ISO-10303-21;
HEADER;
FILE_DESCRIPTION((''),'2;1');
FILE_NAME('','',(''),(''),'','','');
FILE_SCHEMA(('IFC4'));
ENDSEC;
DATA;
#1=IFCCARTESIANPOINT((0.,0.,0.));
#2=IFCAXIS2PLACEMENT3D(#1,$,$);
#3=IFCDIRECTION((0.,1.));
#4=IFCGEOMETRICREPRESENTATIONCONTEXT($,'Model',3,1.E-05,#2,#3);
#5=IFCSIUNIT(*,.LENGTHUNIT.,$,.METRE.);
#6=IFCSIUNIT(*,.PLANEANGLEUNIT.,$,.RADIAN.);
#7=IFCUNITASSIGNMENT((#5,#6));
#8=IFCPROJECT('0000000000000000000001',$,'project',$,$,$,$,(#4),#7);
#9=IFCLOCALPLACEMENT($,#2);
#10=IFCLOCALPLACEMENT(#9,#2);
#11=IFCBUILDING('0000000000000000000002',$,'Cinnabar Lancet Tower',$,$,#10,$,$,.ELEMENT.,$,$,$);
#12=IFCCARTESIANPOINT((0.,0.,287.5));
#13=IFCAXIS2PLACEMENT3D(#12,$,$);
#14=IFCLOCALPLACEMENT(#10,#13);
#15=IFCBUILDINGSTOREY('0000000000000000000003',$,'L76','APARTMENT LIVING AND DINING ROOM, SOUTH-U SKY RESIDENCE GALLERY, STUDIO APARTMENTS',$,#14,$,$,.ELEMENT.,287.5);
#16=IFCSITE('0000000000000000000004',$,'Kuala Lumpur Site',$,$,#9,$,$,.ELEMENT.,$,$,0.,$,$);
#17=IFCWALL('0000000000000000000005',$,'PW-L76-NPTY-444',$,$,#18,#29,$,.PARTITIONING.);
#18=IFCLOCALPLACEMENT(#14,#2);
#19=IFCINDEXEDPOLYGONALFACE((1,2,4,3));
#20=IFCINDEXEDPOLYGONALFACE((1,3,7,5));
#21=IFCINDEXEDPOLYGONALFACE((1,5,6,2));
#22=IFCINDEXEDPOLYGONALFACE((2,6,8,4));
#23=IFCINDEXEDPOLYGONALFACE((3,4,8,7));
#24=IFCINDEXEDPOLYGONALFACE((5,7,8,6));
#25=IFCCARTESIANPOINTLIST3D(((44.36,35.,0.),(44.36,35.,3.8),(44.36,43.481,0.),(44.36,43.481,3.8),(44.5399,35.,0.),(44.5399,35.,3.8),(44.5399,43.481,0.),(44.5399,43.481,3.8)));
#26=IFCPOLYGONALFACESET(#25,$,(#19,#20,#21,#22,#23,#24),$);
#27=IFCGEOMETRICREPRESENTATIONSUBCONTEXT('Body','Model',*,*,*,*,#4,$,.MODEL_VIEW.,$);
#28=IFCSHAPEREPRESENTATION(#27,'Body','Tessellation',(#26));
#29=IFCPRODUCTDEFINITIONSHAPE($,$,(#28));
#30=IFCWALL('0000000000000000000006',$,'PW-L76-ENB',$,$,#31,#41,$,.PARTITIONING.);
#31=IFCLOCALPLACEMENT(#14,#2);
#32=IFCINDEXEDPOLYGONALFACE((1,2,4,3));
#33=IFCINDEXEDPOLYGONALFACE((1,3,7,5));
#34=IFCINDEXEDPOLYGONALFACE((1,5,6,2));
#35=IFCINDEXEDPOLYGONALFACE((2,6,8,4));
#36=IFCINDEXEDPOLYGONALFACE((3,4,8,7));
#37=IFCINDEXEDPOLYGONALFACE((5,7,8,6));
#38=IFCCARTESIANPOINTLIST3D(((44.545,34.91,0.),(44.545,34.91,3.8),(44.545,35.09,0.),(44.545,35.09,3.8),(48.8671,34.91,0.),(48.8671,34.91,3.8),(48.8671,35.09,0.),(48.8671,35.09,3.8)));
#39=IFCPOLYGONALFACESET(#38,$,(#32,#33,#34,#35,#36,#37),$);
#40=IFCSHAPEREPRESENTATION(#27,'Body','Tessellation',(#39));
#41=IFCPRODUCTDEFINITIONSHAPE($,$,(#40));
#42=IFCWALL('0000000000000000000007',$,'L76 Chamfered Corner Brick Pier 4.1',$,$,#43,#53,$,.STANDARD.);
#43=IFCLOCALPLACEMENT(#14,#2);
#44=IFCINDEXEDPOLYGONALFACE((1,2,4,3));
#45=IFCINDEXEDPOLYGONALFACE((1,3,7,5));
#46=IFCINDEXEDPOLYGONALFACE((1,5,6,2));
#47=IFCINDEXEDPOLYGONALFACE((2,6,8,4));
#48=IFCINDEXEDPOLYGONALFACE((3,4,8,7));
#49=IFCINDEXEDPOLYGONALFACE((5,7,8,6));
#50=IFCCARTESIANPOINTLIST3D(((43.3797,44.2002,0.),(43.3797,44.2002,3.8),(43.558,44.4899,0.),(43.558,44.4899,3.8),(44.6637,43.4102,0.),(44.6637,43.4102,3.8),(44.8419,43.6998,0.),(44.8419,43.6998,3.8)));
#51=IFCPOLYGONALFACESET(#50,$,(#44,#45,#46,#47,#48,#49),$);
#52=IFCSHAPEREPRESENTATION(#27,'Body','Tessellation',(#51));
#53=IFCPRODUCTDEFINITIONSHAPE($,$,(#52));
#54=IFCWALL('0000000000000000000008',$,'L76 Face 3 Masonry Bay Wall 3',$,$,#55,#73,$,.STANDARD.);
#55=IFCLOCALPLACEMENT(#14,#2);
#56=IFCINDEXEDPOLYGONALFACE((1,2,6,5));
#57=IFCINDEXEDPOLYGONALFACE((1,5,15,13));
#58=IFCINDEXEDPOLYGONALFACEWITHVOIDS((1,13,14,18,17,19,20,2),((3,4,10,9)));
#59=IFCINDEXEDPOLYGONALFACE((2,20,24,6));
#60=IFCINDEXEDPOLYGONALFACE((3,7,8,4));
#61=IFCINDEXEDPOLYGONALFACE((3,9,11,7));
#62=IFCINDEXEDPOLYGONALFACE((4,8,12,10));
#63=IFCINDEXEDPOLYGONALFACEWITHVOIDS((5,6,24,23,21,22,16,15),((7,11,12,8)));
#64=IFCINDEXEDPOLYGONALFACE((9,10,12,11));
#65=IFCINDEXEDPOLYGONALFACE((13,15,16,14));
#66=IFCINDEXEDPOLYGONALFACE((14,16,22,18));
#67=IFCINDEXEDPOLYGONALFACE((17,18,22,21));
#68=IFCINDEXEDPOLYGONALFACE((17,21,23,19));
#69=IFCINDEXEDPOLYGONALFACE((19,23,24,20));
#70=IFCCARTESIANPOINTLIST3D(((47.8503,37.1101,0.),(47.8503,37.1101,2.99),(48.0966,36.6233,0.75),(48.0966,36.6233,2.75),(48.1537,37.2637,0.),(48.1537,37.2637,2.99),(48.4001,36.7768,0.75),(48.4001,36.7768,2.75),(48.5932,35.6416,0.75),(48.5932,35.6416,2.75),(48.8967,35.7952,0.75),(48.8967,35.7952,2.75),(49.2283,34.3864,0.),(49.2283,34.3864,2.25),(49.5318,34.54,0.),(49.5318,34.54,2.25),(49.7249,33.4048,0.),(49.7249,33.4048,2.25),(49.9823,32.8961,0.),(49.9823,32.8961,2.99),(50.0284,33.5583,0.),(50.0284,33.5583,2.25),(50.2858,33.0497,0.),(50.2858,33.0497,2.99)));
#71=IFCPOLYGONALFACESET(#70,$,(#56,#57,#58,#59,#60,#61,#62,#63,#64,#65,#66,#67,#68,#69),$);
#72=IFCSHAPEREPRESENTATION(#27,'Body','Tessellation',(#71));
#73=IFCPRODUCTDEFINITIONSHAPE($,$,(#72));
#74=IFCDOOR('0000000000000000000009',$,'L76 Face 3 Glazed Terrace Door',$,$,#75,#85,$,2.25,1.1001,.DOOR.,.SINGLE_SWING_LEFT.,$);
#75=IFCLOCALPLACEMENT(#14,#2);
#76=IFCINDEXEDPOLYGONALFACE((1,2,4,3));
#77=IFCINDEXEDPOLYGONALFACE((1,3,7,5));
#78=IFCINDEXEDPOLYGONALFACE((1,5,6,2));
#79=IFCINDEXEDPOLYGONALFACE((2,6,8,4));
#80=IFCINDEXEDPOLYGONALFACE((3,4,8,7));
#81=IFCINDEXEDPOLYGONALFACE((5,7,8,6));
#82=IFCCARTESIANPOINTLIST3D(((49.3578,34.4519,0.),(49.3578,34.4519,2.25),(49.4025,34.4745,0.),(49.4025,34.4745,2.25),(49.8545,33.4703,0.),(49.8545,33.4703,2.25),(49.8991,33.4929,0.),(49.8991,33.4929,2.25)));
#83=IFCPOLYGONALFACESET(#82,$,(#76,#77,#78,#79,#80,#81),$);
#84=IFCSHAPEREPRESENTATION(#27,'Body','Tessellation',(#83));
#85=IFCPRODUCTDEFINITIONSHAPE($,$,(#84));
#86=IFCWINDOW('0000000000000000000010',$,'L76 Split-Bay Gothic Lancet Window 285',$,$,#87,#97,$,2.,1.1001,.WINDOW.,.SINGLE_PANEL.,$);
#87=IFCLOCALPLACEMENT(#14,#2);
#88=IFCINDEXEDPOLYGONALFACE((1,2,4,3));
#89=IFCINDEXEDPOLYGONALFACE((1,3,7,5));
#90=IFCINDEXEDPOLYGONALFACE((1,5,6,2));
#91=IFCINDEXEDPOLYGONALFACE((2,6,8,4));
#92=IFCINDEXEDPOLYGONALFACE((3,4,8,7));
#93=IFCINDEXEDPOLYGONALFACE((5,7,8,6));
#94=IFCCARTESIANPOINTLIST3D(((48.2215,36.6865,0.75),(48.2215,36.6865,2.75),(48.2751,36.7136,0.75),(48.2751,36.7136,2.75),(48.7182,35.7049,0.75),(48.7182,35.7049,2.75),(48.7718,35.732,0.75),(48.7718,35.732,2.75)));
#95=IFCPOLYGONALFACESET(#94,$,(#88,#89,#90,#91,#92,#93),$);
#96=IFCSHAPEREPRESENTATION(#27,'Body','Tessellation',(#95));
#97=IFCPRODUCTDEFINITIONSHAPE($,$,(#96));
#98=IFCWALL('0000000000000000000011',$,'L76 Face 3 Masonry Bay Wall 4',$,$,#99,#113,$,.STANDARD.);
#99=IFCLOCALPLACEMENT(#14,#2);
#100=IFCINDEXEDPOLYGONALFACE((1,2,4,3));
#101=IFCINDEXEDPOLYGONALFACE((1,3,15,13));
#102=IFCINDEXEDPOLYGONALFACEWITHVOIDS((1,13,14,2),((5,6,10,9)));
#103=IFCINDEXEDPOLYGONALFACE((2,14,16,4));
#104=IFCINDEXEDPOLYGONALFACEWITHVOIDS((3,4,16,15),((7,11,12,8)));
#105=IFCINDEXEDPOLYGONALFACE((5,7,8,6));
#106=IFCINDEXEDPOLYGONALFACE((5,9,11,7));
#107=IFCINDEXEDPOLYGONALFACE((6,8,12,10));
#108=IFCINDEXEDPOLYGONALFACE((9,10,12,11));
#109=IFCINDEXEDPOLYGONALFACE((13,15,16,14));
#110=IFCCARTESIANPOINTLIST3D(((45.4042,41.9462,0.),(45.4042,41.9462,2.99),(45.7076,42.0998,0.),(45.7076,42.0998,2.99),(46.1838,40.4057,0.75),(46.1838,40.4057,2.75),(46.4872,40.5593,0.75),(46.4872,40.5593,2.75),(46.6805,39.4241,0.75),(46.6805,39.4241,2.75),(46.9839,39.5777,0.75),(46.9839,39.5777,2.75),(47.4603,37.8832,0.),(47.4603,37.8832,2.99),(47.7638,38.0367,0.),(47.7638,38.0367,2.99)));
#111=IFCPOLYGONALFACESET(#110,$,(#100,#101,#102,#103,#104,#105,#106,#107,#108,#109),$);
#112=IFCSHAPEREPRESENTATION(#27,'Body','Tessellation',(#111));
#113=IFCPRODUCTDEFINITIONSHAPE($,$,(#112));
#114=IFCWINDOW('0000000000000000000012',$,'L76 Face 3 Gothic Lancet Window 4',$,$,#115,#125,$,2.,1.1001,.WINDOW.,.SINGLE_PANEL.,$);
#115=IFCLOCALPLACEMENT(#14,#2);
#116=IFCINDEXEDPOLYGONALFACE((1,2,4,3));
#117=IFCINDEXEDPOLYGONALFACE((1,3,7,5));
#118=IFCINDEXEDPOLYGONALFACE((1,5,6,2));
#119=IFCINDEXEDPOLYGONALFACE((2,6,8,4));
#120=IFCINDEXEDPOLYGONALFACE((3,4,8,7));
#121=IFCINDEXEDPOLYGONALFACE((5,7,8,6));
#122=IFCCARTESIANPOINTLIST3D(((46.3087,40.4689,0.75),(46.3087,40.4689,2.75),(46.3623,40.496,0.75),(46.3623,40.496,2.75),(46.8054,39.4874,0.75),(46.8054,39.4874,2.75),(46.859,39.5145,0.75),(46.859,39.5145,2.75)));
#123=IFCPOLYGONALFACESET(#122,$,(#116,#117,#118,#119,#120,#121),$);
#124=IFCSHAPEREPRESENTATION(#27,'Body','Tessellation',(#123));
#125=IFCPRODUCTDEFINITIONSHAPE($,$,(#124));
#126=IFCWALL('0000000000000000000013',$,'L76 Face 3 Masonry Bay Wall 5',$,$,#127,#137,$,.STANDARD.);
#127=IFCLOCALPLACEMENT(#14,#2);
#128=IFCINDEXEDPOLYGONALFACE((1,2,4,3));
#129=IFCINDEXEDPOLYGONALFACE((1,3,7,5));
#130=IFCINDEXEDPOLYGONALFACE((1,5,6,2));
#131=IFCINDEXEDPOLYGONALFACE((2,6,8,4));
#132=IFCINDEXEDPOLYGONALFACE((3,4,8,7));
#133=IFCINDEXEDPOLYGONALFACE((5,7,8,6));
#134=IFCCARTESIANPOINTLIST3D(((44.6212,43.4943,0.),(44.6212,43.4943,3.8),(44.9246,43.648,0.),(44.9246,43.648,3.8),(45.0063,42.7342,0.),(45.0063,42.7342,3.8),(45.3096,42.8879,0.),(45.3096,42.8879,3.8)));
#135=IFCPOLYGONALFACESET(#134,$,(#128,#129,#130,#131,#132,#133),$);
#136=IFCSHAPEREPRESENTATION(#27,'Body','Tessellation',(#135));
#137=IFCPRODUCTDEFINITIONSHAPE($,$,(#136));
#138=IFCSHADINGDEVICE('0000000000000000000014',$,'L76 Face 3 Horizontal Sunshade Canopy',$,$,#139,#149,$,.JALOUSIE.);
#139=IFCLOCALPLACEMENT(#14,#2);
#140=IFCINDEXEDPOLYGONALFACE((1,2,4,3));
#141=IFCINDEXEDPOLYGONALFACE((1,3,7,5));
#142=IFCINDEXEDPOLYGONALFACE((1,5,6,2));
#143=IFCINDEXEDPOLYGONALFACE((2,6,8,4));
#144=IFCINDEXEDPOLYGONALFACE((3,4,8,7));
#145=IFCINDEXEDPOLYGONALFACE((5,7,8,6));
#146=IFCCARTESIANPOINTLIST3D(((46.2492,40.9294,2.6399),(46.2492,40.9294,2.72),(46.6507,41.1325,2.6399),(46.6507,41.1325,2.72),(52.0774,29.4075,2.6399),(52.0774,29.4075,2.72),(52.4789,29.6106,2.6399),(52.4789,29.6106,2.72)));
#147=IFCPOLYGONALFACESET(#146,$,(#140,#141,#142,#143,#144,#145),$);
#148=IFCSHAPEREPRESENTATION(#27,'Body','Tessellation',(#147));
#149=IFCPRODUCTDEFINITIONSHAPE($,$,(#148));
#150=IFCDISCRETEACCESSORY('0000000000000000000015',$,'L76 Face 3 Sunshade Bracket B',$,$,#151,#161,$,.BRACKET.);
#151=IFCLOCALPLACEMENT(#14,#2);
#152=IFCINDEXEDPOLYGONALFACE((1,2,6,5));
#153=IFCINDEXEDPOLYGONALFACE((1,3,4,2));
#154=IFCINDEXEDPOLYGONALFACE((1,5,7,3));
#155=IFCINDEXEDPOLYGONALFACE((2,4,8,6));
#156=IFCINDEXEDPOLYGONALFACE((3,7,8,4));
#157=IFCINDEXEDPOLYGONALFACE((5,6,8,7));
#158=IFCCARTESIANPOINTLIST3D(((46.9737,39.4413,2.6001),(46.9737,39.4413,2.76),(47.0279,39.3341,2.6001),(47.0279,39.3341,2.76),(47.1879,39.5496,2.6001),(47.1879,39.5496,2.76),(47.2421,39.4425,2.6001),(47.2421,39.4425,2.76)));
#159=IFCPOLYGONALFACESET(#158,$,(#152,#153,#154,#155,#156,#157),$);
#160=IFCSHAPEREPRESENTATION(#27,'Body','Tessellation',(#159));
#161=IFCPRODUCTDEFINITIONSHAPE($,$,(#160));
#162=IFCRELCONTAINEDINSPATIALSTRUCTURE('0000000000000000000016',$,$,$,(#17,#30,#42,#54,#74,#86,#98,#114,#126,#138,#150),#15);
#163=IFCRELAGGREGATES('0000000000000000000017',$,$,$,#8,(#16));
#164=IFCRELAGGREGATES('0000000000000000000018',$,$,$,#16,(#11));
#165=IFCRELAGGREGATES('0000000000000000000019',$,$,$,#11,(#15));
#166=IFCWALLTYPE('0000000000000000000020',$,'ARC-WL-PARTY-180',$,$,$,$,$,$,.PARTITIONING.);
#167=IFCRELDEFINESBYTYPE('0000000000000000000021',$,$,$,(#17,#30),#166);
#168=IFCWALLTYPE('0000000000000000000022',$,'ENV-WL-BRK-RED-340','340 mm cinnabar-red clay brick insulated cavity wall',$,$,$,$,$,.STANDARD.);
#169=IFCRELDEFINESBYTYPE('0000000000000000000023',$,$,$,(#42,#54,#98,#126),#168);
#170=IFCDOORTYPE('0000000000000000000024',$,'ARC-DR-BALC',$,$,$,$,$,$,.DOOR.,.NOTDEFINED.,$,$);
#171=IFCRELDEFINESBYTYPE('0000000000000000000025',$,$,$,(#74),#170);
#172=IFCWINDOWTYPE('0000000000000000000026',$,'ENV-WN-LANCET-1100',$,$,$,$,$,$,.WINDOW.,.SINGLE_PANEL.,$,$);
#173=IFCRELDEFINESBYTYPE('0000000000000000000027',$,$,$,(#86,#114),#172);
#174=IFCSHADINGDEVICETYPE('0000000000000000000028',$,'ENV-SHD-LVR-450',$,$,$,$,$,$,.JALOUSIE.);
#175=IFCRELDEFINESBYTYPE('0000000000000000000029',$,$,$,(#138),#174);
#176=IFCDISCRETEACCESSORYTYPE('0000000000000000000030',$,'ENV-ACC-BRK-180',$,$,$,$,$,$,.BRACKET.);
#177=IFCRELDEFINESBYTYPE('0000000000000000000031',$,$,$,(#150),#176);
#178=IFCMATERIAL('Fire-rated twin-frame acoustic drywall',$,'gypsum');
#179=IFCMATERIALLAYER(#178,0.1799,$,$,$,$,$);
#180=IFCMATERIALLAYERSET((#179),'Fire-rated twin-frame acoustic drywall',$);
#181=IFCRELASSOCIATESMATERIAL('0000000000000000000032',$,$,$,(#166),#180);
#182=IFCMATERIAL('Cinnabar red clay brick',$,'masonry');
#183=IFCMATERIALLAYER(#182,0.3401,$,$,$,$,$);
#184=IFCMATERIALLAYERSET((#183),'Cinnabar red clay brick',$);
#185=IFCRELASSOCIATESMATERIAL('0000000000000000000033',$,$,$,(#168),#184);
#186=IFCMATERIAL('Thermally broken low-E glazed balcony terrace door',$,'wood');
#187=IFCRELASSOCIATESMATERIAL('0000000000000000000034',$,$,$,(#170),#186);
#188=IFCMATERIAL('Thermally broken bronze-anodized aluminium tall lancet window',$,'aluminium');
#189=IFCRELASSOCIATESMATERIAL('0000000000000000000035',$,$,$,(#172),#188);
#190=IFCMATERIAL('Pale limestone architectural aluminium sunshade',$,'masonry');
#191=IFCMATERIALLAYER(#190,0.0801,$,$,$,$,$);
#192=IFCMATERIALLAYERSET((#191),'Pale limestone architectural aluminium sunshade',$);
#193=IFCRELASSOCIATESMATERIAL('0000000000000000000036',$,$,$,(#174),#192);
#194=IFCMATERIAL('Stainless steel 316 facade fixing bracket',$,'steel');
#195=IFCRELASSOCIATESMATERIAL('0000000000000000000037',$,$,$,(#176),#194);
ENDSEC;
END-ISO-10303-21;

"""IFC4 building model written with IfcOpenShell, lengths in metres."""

from ifc_helpers import new_model, si_unit, direction, frame, frame_2d, origin, origin_2d, place, context, subcontext, project, spatial, rectangle, extrude, material, layer, layer_set, type_object, element, fill, save


model = new_model("IFC4")

# Units and contexts
model_context = context("Model", 3, precision=1e-05, world=origin(), true_north=direction((0.0, 1.0)))
body_context = subcontext(model_context, "Body", "Model", "MODEL_VIEW")
ifc_project = project(units=[si_unit("LENGTHUNIT", "METRE"), si_unit("PLANEANGLEUNIT", "RADIAN")], contexts=[model_context])

# Site, building, storey
site_placement = place(None, origin())
site = spatial("IfcSite", under=ifc_project, at=site_placement, Name="Kuala Lumpur Site", CompositionType="ELEMENT", RefElevation=0.0)
building_placement = place(site_placement, origin())
building = spatial("IfcBuilding", under=site, at=building_placement, Name="Cinnabar Lancet Tower", CompositionType="ELEMENT")
storey_placement = place(building_placement, frame((0.0, 0.0, 287.5)))
storey = spatial("IfcBuildingStorey", under=building, at=storey_placement, Name="L76", Description="APARTMENT LIVING AND DINING ROOM, SOUTH-U SKY RESIDENCE GALLERY, STUDIO APARTMENTS", CompositionType="ELEMENT", Elevation=287.5)

# Walls
ifc_material_1 = material(Name="Fire-rated twin-frame acoustic drywall", Category="gypsum")
ifc_layer_1 = layer(ifc_material_1, 0.1799)
ifc_layer_set_1 = layer_set([ifc_layer_1], Name="Fire-rated twin-frame acoustic drywall")
wall_type_1 = type_object("IfcWallType", Name="ARC-WL-PARTY-180", PredefinedType="PARTITIONING", material=ifc_layer_set_1)
wall_1_placement = place(storey_placement, frame((44.45, 35.0, 0.0), z_axis=(0.0, 0.0, 1.0), x_axis=(0.0, 1.0, 0.0)))
element("IfcWall", 1, at=wall_1_placement, inside=storey, type_object=wall_type_1, Name="PW-L76-NPTY-444", PredefinedType="PARTITIONING", context=body_context, shape_type="SweptSolid", body=[
    extrude(rectangle(XDim=8.481, YDim=0.1799, at=frame_2d((4.2405, 0.0))), origin(), (0.0, 0.0, 1.0), 3.8),
])
wall_2_placement = place(storey_placement, frame((44.5449, 35.0, 0.0), z_axis=(0.0, 0.0, 1.0), x_axis=(1.0, 0.0, 0.0)))
element("IfcWall", 2, at=wall_2_placement, inside=storey, type_object=wall_type_1, Name="PW-L76-ENB", PredefinedType="PARTITIONING", context=body_context, shape_type="SweptSolid", body=[
    extrude(rectangle(XDim=4.322, YDim=0.1799, at=frame_2d((2.1611, 0.0))), origin(), (0.0, 0.0, 1.0), 3.8),
])
ifc_material_2 = material(Name="Cinnabar red clay brick", Category="masonry")
ifc_layer_2 = layer(ifc_material_2, 0.3401)
ifc_layer_set_2 = layer_set([ifc_layer_2], Name="Cinnabar red clay brick")
wall_type_2 = type_object("IfcWallType", Name="ENV-WL-BRK-RED-340", Description="340 mm cinnabar-red clay brick insulated cavity wall", PredefinedType="STANDARD", material=ifc_layer_set_2)
wall_3_placement = place(storey_placement, frame((44.7529, 43.5549, 0.0), z_axis=(0.0, 0.0, 1.0), x_axis=(-0.851681, 0.524061, 0.0)))
element("IfcWall", 3, at=wall_3_placement, inside=storey, type_object=wall_type_2, Name="L76 Chamfered Corner Brick Pier 4.1", PredefinedType="STANDARD", context=body_context, shape_type="SweptSolid", body=[
    extrude(rectangle(XDim=1.5076, YDim=0.3401, at=frame_2d((0.7539, 0.0))), origin(), (0.0, 0.0, 1.0), 3.8),
])

# Wall, openings, door, window
wall_4_placement = place(storey_placement, frame((50.134, 32.9729, 0.0), z_axis=(0.0, 0.0, 1.0), x_axis=(-0.451448, 0.892298, 0.0)))
wall_4 = element("IfcWall", 4, at=wall_4_placement, inside=storey, type_object=wall_type_2, Name="L76 Face 3 Masonry Bay Wall 3", PredefinedType="STANDARD", context=body_context, shape_type="SweptSolid", body=[
    extrude(rectangle(XDim=4.7227, YDim=0.3401, at=frame_2d((2.3613, 0.0))), origin(), (0.0, 0.0, 1.0), 2.99),
])
opening_1_placement = place(wall_4_placement, frame((0.5701, 0.0, 0.0)))
opening_1 = element("IfcOpeningElement", 5, at=opening_1_placement, cuts=wall_4, PredefinedType="OPENING", context=body_context, shape_type="SweptSolid", body=[
    extrude(rectangle(XDim=1.1001, YDim=2.25, at=frame_2d((0.55, 1.125))), frame((0.0, 0.1799, 0.0), z_axis=(0.0, -1.0, 0.0), x_axis=(1.0, 0.0, 0.0)), (0.0, 0.0, 1.0), 0.3601),
])
opening_2_placement = place(wall_4_placement, frame((3.0769, 0.0, 0.75)))
opening_2 = element("IfcOpeningElement", 6, at=opening_2_placement, cuts=wall_4, PredefinedType="OPENING", context=body_context, shape_type="SweptSolid", body=[
    extrude(rectangle(XDim=1.1001, YDim=2.0, at=frame_2d((0.55, 1.0))), frame((0.0, 0.1799, 0.0), z_axis=(0.0, -1.0, 0.0), x_axis=(1.0, 0.0, 0.0)), (0.0, 0.0, 1.0), 0.3601),
])
ifc_material_3 = material(Name="Thermally broken low-E glazed balcony terrace door", Category="wood")
door_type = type_object("IfcDoorType", Name="ARC-DR-BALC", OperationType="NOTDEFINED", PredefinedType="DOOR", material=ifc_material_3)
door_placement = place(opening_1_placement, origin())
door = element("IfcDoor", 7, at=door_placement, inside=storey, type_object=door_type, Name="L76 Face 3 Glazed Terrace Door", OperationType="SINGLE_SWING_LEFT", OverallHeight=2.25, OverallWidth=1.1001, PredefinedType="DOOR", context=body_context, shape_type="SweptSolid", body=[
    extrude(rectangle(XDim=1.1001, YDim=2.25, at=frame_2d((0.55, 1.125))), frame((0.0, 0.0249, 0.0), z_axis=(0.0, -1.0, 0.0), x_axis=(1.0, 0.0, 0.0)), (0.0, 0.0, 1.0), 0.05),
])
fill(opening_1, door)
ifc_material_4 = material(Name="Thermally broken bronze-anodized aluminium tall lancet window", Category="aluminium")
window_type = type_object("IfcWindowType", Name="ENV-WN-LANCET-1100", PartitioningType="SINGLE_PANEL", PredefinedType="WINDOW", material=ifc_material_4)
window_1_placement = place(opening_2_placement, origin())
window_1 = element("IfcWindow", 8, at=window_1_placement, inside=storey, type_object=window_type, Name="L76 Split-Bay Gothic Lancet Window 285", OverallHeight=2.0, OverallWidth=1.1001, PartitioningType="SINGLE_PANEL", PredefinedType="WINDOW", context=body_context, shape_type="SweptSolid", body=[
    extrude(rectangle(XDim=1.1001, YDim=2.0, at=frame_2d((0.55, 1.0))), frame((0.0, 0.03, 0.0), z_axis=(0.0, -1.0, 0.0), x_axis=(1.0, 0.0, 0.0)), (0.0, 0.0, 1.0), 0.0601),
])
fill(opening_2, window_1)

# Wall, opening, window
wall_5_placement = place(storey_placement, frame((47.6121, 37.96, 0.0), z_axis=(0.0, 0.0, 1.0), x_axis=(-0.45154, 0.892251, 0.0)))
wall_5 = element("IfcWall", 9, at=wall_5_placement, inside=storey, type_object=wall_type_2, Name="L76 Face 3 Masonry Bay Wall 4", PredefinedType="STANDARD", context=body_context, shape_type="SweptSolid", body=[
    extrude(rectangle(XDim=4.5537, YDim=0.3401, at=frame_2d((2.2769, 0.0))), origin(), (0.0, 0.0, 1.0), 2.99),
])
opening_3_placement = place(wall_5_placement, frame((1.7271, 0.0, 0.75)))
opening_3 = element("IfcOpeningElement", 10, at=opening_3_placement, cuts=wall_5, PredefinedType="OPENING", context=body_context, shape_type="SweptSolid", body=[
    extrude(rectangle(XDim=1.1001, YDim=2.0, at=frame_2d((0.55, 1.0))), frame((0.0, 0.1799, 0.0), z_axis=(0.0, -1.0, 0.0), x_axis=(1.0, 0.0, 0.0)), (0.0, 0.0, 1.0), 0.3601),
])
window_2_placement = place(opening_3_placement, origin())
window_2 = element("IfcWindow", 11, at=window_2_placement, inside=storey, type_object=window_type, Name="L76 Face 3 Gothic Lancet Window 4", OverallHeight=2.0, OverallWidth=1.1001, PartitioningType="SINGLE_PANEL", PredefinedType="WINDOW", context=body_context, shape_type="SweptSolid", body=[
    extrude(rectangle(XDim=1.1001, YDim=2.0, at=frame_2d((0.55, 1.0))), frame((0.0, 0.03, 0.0), z_axis=(0.0, -1.0, 0.0), x_axis=(1.0, 0.0, 0.0)), (0.0, 0.0, 1.0), 0.0601),
])
fill(opening_3, window_2)

# Wall
wall_6_placement = place(storey_placement, frame((45.158, 42.811, 0.0), z_axis=(0.0, 0.0, 1.0), x_axis=(-0.451907, 0.892065, 0.0)))
element("IfcWall", 12, at=wall_6_placement, inside=storey, type_object=wall_type_2, Name="L76 Face 3 Masonry Bay Wall 5", PredefinedType="STANDARD", context=body_context, shape_type="SweptSolid", body=[
    extrude(rectangle(XDim=0.8521, YDim=0.3401, at=frame_2d((0.426, 0.0))), origin(), (0.0, 0.0, 1.0), 3.8),
])

# Shading device
ifc_material_5 = material(Name="Pale limestone architectural aluminium sunshade", Category="masonry")
ifc_layer_3 = layer(ifc_material_5, 0.0801)
ifc_layer_set_3 = layer_set([ifc_layer_3], Name="Pale limestone architectural aluminium sunshade")
shading_device_type = type_object("IfcShadingDeviceType", Name="ENV-SHD-LVR-450", PredefinedType="JALOUSIE", material=ifc_layer_set_3)
shading_device_placement = place(storey_placement, frame((49.364, 35.27, 2.6399), z_axis=(0.0, 0.0, 1.0), x_axis=(-0.451376, 0.892334, 0.0)))
element("IfcShadingDevice", 13, at=shading_device_placement, inside=storey, type_object=shading_device_type, Name="L76 Face 3 Horizontal Sunshade Canopy", PredefinedType="JALOUSIE", context=body_context, shape_type="SweptSolid", body=[
    extrude(rectangle(XDim=12.9121, YDim=0.45, at=origin_2d()), origin(), (0.0, 0.0, 1.0), 0.0801),
])

# Discrete accessory
ifc_material_6 = material(Name="Stainless steel 316 facade fixing bracket", Category="steel")
discrete_accessory_type = type_object("IfcDiscreteAccessoryType", Name="ENV-ACC-BRK-180", PredefinedType="BRACKET", material=ifc_material_6)
discrete_accessory_placement = place(storey_placement, frame((47.1079, 39.4419, 2.6001), z_axis=(0.0, 0.0, 1.0), x_axis=(-0.451376, 0.892334, 0.0)))
element("IfcDiscreteAccessory", 14, at=discrete_accessory_placement, inside=storey, type_object=discrete_accessory_type, Name="L76 Face 3 Sunshade Bracket B", PredefinedType="BRACKET", context=body_context, shape_type="SweptSolid", body=[
    extrude(rectangle(XDim=0.1201, YDim=0.24, at=origin_2d()), origin(), (0.0, 0.0, 1.0), 0.1599),
])

save(model, "model.ifc")
